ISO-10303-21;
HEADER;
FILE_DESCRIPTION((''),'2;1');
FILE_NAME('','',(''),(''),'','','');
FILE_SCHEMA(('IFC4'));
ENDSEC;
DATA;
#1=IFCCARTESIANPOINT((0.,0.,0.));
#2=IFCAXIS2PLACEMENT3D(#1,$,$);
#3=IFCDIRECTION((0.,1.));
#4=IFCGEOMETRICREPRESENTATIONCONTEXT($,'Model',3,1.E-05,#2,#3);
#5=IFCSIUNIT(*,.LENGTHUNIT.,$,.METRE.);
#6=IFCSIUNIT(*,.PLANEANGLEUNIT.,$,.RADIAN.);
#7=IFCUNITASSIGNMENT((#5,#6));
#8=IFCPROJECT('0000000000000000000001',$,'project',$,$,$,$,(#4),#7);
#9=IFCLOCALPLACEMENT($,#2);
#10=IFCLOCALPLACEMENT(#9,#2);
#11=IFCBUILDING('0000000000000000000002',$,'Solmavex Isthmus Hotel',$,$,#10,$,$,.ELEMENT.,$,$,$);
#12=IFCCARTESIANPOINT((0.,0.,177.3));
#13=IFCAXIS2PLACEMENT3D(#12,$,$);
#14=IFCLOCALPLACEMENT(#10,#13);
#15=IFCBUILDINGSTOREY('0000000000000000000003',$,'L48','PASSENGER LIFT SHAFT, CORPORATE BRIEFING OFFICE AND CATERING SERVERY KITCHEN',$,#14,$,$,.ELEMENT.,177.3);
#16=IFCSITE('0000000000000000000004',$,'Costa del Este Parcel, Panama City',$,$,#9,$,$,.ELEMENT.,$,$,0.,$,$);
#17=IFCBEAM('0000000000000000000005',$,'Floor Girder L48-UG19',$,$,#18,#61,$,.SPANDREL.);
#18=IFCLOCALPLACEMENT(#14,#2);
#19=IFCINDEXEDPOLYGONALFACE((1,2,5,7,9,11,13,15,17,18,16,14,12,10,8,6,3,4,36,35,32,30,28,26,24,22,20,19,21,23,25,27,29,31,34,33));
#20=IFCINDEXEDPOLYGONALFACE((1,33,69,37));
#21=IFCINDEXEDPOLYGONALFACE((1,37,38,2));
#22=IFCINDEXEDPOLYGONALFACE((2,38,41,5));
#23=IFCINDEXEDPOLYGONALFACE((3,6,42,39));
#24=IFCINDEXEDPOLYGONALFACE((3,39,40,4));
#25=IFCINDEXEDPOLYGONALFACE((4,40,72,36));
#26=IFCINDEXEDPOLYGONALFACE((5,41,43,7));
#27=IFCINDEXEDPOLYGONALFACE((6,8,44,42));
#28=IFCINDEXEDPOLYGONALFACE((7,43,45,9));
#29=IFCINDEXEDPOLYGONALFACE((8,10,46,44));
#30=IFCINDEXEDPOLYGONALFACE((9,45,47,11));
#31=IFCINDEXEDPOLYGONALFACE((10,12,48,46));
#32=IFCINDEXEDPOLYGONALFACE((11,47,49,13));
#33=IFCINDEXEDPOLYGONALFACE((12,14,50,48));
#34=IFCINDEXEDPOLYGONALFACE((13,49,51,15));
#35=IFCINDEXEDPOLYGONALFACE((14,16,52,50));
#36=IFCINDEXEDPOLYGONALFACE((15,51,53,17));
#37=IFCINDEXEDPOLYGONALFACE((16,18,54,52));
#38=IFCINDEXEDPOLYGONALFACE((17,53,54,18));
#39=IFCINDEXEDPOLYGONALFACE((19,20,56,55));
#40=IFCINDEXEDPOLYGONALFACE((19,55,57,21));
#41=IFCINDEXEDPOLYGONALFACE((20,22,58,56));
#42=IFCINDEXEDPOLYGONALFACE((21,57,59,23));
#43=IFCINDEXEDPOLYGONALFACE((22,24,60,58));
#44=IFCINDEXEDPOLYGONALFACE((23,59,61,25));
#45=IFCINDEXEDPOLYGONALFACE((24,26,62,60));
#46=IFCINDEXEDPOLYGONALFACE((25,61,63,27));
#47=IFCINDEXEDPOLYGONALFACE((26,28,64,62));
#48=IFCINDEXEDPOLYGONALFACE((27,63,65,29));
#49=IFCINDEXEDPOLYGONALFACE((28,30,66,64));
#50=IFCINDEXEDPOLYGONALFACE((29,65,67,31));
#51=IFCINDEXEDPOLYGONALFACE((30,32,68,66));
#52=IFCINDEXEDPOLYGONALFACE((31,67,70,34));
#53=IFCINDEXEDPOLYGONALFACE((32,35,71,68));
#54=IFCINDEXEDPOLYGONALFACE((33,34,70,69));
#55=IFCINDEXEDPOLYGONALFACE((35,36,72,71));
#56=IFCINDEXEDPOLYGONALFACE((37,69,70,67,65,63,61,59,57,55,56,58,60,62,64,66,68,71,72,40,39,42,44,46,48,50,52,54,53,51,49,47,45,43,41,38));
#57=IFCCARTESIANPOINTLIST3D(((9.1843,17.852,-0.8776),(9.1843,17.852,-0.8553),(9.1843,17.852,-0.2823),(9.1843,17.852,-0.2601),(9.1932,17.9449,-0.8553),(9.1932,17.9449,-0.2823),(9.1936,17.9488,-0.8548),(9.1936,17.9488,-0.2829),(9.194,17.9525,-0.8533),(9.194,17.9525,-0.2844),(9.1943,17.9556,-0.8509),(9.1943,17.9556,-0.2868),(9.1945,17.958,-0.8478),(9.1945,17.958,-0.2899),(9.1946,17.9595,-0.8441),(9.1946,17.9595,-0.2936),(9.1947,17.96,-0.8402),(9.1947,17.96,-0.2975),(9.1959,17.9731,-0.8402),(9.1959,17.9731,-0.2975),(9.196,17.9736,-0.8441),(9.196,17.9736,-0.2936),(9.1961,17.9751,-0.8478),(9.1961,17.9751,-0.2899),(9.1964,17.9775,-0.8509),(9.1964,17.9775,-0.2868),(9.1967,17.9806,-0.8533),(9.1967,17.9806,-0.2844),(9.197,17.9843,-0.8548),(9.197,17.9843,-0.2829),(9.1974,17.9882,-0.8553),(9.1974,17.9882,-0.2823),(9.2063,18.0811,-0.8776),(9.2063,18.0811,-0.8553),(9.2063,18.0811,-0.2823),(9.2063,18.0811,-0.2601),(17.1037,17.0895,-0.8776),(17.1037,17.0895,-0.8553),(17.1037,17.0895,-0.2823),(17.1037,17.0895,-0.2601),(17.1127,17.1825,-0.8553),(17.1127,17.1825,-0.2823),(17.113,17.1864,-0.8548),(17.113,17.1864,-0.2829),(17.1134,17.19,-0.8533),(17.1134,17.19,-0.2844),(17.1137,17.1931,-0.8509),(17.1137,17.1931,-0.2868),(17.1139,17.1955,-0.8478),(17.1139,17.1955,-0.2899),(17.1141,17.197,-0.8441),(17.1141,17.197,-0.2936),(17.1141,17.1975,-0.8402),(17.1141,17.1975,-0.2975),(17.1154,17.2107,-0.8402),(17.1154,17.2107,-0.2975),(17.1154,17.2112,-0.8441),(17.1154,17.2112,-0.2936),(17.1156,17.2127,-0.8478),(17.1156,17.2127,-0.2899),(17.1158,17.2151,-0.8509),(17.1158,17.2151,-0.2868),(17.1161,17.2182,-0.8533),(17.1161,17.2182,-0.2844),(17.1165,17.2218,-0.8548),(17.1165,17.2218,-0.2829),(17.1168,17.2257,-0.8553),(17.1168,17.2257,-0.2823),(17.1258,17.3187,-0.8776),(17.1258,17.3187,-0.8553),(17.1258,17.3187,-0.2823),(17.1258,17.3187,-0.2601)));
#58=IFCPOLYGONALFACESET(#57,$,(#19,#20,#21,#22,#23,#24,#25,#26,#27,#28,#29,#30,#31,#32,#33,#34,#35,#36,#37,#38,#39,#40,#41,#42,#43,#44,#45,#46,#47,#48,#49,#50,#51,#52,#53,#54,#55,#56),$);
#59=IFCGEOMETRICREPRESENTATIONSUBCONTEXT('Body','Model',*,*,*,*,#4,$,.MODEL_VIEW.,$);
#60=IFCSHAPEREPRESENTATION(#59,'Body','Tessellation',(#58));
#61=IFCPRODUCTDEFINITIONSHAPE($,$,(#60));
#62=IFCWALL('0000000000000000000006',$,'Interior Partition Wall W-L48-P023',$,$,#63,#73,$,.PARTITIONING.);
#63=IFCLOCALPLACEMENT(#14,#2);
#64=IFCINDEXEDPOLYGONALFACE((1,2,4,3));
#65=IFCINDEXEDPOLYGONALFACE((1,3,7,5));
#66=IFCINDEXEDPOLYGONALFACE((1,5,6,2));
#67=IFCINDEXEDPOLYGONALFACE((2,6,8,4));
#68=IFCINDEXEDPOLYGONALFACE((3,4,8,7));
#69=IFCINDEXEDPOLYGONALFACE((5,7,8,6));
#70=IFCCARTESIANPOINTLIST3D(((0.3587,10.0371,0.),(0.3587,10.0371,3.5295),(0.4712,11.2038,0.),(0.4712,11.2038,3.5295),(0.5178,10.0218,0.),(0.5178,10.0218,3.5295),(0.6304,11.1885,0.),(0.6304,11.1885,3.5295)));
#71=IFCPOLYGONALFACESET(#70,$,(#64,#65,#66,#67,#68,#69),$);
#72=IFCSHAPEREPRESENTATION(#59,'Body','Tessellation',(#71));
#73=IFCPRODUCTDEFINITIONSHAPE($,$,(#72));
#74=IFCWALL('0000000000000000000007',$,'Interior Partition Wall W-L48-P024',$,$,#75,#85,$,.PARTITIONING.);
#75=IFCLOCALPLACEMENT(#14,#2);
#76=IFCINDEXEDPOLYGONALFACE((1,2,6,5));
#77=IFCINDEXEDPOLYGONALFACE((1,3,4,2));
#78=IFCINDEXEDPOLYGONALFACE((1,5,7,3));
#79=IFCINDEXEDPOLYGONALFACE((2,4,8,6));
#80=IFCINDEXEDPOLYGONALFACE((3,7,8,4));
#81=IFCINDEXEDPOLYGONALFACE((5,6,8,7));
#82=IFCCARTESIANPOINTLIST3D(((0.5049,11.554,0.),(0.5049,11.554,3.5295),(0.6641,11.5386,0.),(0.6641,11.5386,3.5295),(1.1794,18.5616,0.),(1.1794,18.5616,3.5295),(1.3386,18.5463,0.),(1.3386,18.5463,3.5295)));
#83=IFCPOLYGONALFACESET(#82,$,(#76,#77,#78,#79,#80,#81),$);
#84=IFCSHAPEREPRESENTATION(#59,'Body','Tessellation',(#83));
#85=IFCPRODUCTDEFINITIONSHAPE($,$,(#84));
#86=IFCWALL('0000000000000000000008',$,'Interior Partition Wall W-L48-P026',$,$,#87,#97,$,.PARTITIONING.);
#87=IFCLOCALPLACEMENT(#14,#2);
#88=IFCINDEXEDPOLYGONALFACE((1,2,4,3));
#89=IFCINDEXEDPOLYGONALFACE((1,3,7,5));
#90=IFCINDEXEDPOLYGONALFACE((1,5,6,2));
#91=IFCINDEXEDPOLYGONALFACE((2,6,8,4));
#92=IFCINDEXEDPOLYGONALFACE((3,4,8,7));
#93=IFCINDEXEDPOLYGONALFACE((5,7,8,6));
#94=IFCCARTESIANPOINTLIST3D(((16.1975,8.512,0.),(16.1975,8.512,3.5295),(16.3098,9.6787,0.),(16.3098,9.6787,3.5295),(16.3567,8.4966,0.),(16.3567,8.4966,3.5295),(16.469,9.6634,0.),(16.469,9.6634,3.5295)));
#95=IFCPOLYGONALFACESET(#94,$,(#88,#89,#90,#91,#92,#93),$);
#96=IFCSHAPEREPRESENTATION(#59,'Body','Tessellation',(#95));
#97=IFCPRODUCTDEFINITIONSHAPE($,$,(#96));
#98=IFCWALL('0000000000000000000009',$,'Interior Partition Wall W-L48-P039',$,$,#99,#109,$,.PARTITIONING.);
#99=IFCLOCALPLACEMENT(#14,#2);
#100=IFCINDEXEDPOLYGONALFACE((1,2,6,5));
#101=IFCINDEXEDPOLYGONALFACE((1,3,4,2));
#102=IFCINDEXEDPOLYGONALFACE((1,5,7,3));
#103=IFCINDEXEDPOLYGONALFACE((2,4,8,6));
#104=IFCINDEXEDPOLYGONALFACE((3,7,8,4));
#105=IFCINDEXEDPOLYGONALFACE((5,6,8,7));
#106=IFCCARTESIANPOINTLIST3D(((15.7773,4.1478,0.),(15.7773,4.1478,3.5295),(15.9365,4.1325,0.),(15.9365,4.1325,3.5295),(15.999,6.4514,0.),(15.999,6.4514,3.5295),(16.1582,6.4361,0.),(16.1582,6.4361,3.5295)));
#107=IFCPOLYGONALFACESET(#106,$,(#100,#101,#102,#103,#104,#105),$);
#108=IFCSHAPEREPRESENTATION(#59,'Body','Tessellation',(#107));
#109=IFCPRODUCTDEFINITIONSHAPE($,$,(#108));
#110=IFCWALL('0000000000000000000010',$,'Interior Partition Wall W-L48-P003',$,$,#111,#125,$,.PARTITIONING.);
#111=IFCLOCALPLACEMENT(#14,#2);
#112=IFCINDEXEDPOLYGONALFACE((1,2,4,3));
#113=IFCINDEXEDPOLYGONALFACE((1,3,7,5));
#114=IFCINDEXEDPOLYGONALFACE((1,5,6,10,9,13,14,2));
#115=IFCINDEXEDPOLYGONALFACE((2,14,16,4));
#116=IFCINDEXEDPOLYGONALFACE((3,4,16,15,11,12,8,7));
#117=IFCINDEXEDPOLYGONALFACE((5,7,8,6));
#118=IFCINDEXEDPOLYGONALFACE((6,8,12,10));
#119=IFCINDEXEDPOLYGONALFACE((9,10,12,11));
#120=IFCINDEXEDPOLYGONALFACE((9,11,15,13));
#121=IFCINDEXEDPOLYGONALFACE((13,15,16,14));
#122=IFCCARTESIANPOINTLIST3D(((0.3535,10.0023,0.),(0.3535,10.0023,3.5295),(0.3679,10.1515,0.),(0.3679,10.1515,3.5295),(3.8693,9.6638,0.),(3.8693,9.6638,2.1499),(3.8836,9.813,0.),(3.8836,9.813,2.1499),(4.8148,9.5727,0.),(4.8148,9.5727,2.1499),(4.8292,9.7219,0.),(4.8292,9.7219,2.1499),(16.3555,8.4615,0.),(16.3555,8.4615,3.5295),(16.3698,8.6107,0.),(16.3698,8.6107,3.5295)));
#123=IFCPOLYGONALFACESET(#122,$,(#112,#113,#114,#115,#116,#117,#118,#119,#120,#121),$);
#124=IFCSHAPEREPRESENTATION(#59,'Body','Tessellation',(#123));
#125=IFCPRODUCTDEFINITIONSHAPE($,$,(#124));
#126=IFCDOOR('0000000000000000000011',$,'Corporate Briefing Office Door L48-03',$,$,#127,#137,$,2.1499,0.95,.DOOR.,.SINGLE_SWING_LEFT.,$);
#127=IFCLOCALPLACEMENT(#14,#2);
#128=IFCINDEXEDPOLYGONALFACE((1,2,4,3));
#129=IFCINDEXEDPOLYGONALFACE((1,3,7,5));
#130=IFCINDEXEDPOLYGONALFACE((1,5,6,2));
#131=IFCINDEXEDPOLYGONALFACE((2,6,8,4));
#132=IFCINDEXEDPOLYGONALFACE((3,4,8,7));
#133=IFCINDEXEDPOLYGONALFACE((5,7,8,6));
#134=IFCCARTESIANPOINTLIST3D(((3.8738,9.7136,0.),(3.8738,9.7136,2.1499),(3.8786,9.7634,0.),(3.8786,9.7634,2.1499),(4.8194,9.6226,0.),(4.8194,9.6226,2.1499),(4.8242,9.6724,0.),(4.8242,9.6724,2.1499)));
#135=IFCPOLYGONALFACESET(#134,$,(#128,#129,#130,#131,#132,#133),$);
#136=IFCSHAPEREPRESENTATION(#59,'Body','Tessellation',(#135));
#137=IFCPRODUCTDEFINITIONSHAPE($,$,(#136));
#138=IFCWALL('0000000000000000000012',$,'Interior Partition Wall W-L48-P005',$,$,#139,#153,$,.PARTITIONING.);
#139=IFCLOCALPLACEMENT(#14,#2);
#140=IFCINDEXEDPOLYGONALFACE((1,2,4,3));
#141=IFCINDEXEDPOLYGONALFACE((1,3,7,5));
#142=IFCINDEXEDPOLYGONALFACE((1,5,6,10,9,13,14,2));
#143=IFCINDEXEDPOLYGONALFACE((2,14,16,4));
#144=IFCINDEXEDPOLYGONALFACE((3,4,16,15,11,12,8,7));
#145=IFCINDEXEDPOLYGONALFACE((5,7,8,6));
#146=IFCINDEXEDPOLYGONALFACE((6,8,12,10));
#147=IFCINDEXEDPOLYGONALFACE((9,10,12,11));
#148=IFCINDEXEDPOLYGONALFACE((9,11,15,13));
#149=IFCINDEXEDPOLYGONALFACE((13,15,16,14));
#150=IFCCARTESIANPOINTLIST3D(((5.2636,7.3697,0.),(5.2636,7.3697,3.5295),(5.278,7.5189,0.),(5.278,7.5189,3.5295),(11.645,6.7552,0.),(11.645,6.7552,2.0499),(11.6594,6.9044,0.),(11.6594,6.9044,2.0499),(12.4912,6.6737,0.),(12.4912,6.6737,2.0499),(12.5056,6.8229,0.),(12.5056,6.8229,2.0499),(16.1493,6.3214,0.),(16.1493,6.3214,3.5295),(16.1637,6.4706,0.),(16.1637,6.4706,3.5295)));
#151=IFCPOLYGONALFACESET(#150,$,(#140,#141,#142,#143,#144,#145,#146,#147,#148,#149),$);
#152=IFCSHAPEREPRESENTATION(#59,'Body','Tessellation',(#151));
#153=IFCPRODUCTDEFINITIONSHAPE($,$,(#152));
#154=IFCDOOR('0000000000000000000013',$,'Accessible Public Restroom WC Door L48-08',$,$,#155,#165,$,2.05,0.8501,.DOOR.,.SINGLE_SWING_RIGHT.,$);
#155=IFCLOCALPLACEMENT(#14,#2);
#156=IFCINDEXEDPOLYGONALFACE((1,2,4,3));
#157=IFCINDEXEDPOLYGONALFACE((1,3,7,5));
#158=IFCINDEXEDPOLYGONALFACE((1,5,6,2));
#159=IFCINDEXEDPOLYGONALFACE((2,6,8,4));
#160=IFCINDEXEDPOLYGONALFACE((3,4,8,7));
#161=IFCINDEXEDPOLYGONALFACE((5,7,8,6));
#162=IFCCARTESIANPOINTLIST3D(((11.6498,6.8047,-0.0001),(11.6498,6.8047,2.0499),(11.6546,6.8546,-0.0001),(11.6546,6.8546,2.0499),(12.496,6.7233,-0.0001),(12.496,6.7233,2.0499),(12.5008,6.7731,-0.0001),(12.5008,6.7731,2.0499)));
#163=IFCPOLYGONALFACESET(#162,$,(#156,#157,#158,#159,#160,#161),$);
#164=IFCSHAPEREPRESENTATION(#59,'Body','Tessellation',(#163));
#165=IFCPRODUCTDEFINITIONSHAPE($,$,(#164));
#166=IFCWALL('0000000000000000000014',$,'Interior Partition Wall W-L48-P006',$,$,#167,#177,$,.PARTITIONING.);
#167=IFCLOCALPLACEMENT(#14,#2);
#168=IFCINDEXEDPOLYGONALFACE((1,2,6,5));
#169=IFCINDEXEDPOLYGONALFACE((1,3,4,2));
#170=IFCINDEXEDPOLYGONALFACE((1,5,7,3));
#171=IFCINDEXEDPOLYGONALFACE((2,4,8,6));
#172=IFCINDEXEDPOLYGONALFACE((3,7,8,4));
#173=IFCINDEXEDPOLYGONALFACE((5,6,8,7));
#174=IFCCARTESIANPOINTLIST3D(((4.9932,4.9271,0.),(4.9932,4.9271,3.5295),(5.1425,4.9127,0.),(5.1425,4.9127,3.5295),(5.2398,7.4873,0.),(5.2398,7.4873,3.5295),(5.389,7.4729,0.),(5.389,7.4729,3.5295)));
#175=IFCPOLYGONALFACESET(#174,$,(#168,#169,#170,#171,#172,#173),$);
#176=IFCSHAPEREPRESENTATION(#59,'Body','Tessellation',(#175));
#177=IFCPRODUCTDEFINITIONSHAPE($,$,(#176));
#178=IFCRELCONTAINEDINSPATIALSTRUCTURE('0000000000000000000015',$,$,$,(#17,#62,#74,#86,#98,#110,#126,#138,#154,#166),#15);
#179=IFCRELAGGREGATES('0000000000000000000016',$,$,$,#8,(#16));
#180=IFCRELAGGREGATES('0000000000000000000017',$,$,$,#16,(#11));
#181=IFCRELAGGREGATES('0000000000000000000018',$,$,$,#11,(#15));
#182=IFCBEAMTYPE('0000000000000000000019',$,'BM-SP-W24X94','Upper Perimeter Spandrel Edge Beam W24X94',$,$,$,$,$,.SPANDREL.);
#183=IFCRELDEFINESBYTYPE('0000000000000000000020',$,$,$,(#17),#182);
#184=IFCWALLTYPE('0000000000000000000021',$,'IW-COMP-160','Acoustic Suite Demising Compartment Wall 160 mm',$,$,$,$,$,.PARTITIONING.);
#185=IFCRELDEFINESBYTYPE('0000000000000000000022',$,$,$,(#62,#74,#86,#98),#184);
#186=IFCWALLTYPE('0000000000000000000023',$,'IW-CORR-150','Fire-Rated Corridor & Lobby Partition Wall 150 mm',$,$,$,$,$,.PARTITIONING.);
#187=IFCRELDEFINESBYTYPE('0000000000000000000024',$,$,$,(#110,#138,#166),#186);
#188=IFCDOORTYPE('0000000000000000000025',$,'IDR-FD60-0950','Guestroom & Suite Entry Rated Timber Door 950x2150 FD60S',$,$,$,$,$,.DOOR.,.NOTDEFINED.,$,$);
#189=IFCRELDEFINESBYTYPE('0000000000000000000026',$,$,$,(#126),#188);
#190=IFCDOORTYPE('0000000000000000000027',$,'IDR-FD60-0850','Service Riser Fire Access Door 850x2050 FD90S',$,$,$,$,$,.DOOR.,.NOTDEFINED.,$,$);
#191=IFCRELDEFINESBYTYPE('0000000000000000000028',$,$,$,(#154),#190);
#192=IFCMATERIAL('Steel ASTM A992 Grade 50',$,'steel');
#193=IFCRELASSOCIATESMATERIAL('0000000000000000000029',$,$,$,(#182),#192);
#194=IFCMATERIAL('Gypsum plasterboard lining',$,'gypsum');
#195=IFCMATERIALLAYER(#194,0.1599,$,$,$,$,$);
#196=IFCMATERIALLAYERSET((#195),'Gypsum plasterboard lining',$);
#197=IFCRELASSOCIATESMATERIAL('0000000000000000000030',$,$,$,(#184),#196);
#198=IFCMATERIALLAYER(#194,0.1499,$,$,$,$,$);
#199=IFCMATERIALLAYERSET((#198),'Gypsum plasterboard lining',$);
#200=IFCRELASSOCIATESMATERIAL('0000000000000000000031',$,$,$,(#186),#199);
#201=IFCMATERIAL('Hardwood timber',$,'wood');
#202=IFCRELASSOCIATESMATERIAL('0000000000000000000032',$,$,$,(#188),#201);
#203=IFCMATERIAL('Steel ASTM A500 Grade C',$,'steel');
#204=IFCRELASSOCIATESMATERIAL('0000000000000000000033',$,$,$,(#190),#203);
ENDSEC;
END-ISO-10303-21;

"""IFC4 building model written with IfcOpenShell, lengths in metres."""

from ifc_helpers import new_model, si_unit, direction, frame, frame_2d, origin, origin_2d, place, context, subcontext, project, spatial, rectangle, i_section, extrude, material, layer, layer_set, material_profile, profile_set, type_object, element, fill, save


model = new_model("IFC4")

# Units and contexts
model_context = context("Model", 3, precision=1e-05, world=origin(), true_north=direction((0.0, 1.0)))
body_context = subcontext(model_context, "Body", "Model", "MODEL_VIEW")
ifc_project = project(units=[si_unit("LENGTHUNIT", "METRE"), si_unit("PLANEANGLEUNIT", "RADIAN")], contexts=[model_context])

# Site, building, storey
site_placement = place(None, origin())
site = spatial("IfcSite", under=ifc_project, at=site_placement, Name="Costa del Este Parcel, Panama City", CompositionType="ELEMENT", RefElevation=0.0)
building_placement = place(site_placement, origin())
building = spatial("IfcBuilding", under=site, at=building_placement, Name="Solmavex Isthmus Hotel", CompositionType="ELEMENT")
storey_placement = place(building_placement, frame((0.0, 0.0, 177.3)))
storey = spatial("IfcBuildingStorey", under=building, at=storey_placement, Name="L48", Description="PASSENGER LIFT SHAFT, CORPORATE BRIEFING OFFICE AND CATERING SERVERY KITCHEN", CompositionType="ELEMENT", Elevation=177.3)

# Beam
ifc_material_1 = material(Name="Steel ASTM A992 Grade 50", Category="steel")
ifc_material_profile_1 = material_profile(ifc_material_1, i_section(OverallWidth=0.2302, OverallDepth=0.6174, WebThickness=0.0132, FlangeThickness=0.0222, FilletRadius=0.0151, at=origin_2d()), Name="W24X94")
ifc_profile_set_1 = profile_set([ifc_material_profile_1], Name="Steel ASTM A992 Grade 50")
beam_type_1 = type_object("IfcBeamType", Name="BM-SP-W24X94", Description="Upper Perimeter Spandrel Edge Beam W24X94", PredefinedType="SPANDREL", material=ifc_profile_set_1)
beam_1_placement = place(storey_placement, frame((9.1953, 17.9666, -0.5688), z_axis=(0.995397, -0.095833, 0.0), x_axis=(0.095833, 0.995397, 0.0)))
element("IfcBeam", 1, at=beam_1_placement, inside=storey, type_object=beam_type_1, Name="Floor Girder L48-UG19", PredefinedType="SPANDREL", context=body_context, shape_type="SweptSolid", body=[
    extrude(i_section(OverallWidth=0.2302, OverallDepth=0.6174, WebThickness=0.0132, FlangeThickness=0.0222, FilletRadius=0.0151, at=origin_2d()), origin(), (0.0, 0.0, 1.0), 7.9561),
])

# Walls
ifc_material_2 = material(Name="Gypsum plasterboard lining", Category="gypsum")
ifc_layer_1 = layer(ifc_material_2, 0.1599)
ifc_layer_set_1 = layer_set([ifc_layer_1], Name="Gypsum plasterboard lining")
wall_type_1 = type_object("IfcWallType", Name="IW-COMP-160", Description="Acoustic Suite Demising Compartment Wall 160 mm", PredefinedType="PARTITIONING", material=ifc_layer_set_1)
wall_1_placement = place(storey_placement, frame((0.5508, 11.196, 0.0), z_axis=(0.0, 0.0, 1.0), x_axis=(-0.096018, -0.99538, 0.0)))
element("IfcWall", 2, at=wall_1_placement, inside=storey, type_object=wall_type_1, Name="Interior Partition Wall W-L48-P023", PredefinedType="PARTITIONING", context=body_context, shape_type="SweptSolid", body=[
    extrude(rectangle(XDim=1.1721, YDim=0.1599, at=frame_2d((0.5859, 0.0))), origin(), (0.0, 0.0, 1.0), 3.5295),
])
wall_2_placement = place(storey_placement, frame((1.259, 18.554, 0.0), z_axis=(0.0, 0.0, 1.0), x_axis=(-0.095819, -0.995399, 0.0)))
element("IfcWall", 3, at=wall_2_placement, inside=storey, type_object=wall_type_1, Name="Interior Partition Wall W-L48-P024", PredefinedType="PARTITIONING", context=body_context, shape_type="SweptSolid", body=[
    extrude(rectangle(XDim=7.04, YDim=0.1599, at=frame_2d((3.52, 0.0))), origin(), (0.0, 0.0, 1.0), 3.5295),
])
wall_3_placement = place(storey_placement, frame((16.3894, 9.6709, 0.0), z_axis=(0.0, 0.0, 1.0), x_axis=(-0.095812, -0.995399, 0.0)))
element("IfcWall", 4, at=wall_3_placement, inside=storey, type_object=wall_type_1, Name="Interior Partition Wall W-L48-P026", PredefinedType="PARTITIONING", context=body_context, shape_type="SweptSolid", body=[
    extrude(rectangle(XDim=1.1721, YDim=0.1599, at=frame_2d((0.5859, 0.0))), origin(), (0.0, 0.0, 1.0), 3.5295),
])
wall_4_placement = place(storey_placement, frame((16.0786, 6.4438, 0.0), z_axis=(0.0, 0.0, 1.0), x_axis=(-0.095795, -0.995401, 0.0)))
element("IfcWall", 5, at=wall_4_placement, inside=storey, type_object=wall_type_1, Name="Interior Partition Wall W-L48-P039", PredefinedType="PARTITIONING", context=body_context, shape_type="SweptSolid", body=[
    extrude(rectangle(XDim=2.3142, YDim=0.1599, at=frame_2d((1.1572, 0.0))), origin(), (0.0, 0.0, 1.0), 3.5295),
])

# Walls, openings, doors
ifc_layer_2 = layer(ifc_material_2, 0.1499)
ifc_layer_set_2 = layer_set([ifc_layer_2], Name="Gypsum plasterboard lining")
wall_type_2 = type_object("IfcWallType", Name="IW-CORR-150", Description="Fire-Rated Corridor & Lobby Partition Wall 150 mm", PredefinedType="PARTITIONING", material=ifc_layer_set_2)
wall_5_placement = place(storey_placement, frame((0.3606, 10.0769, 0.0), z_axis=(0.0, 0.0, 1.0), x_axis=(0.995396, -0.095843, 0.0)))
wall_5 = element("IfcWall", 6, at=wall_5_placement, inside=storey, type_object=wall_type_2, Name="Interior Partition Wall W-L48-P003", PredefinedType="PARTITIONING", context=body_context, shape_type="SweptSolid", body=[
    extrude(rectangle(XDim=16.0759, YDim=0.1499, at=frame_2d((8.0381, 0.0))), origin(), (0.0, 0.0, 1.0), 3.5295),
])
opening_1_placement = place(wall_5_placement, frame((3.532, 0.0, 0.0)))
opening_1 = element("IfcOpeningElement", 7, at=opening_1_placement, cuts=wall_5, PredefinedType="OPENING", context=body_context, shape_type="SweptSolid", body=[
    extrude(rectangle(XDim=0.95, YDim=2.1499, at=frame_2d((0.4751, 1.075))), frame((0.0, 0.085, 0.0), z_axis=(0.0, -1.0, 0.0), x_axis=(1.0, 0.0, 0.0)), (0.0, 0.0, 1.0), 0.1699),
])
ifc_material_3 = material(Name="Hardwood timber", Category="wood")
door_type_1 = type_object("IfcDoorType", Name="IDR-FD60-0950", Description="Guestroom & Suite Entry Rated Timber Door 950x2150 FD60S", OperationType="NOTDEFINED", PredefinedType="DOOR", material=ifc_material_3)
door_1_placement = place(opening_1_placement, frame((0.95, 0.0, 0.0), z_axis=(0.0, 0.0, 1.0), x_axis=(-1.0, 0.0, 0.0)))
door_1 = element("IfcDoor", 8, at=door_1_placement, inside=storey, type_object=door_type_1, Name="Corporate Briefing Office Door L48-03", OperationType="SINGLE_SWING_LEFT", OverallHeight=2.1499, OverallWidth=0.95, PredefinedType="DOOR", context=body_context, shape_type="SweptSolid", body=[
    extrude(rectangle(XDim=0.95, YDim=2.1499, at=frame_2d((0.4751, 1.075))), frame((0.0, 0.0249, 0.0), z_axis=(0.0, -1.0, 0.0), x_axis=(1.0, 0.0, 0.0)), (0.0, 0.0, 1.0), 0.05),
])
fill(opening_1, door_1)
wall_6_placement = place(storey_placement, frame((16.1565, 6.396, 0.0), z_axis=(0.0, 0.0, 1.0), x_axis=(-0.995395, 0.09586, 0.0)))
wall_6 = element("IfcWall", 9, at=wall_6_placement, inside=storey, type_object=wall_type_2, Name="Interior Partition Wall W-L48-P005", PredefinedType="PARTITIONING", context=body_context, shape_type="SweptSolid", body=[
    extrude(rectangle(XDim=10.936, YDim=0.1499, at=frame_2d((5.468, 0.0))), origin(), (0.0, 0.0, 1.0), 3.5295),
])
opening_2_placement = place(wall_6_placement, frame((3.675, 0.0, 0.0)))
opening_2 = element("IfcOpeningElement", 10, at=opening_2_placement, cuts=wall_6, PredefinedType="OPENING", context=body_context, shape_type="SweptSolid", body=[
    extrude(rectangle(XDim=0.8501, YDim=2.05, at=frame_2d((0.425, 1.0249))), frame((0.0, 0.085, 0.0), z_axis=(0.0, -1.0, 0.0), x_axis=(1.0, 0.0, 0.0)), (0.0, 0.0, 1.0), 0.1699),
])
ifc_material_4 = material(Name="Steel ASTM A500 Grade C", Category="steel")
door_type_2 = type_object("IfcDoorType", Name="IDR-FD60-0850", Description="Service Riser Fire Access Door 850x2050 FD90S", OperationType="NOTDEFINED", PredefinedType="DOOR", material=ifc_material_4)
door_2_placement = place(opening_2_placement, frame((0.8501, 0.0, 0.0), z_axis=(0.0, 0.0, 1.0), x_axis=(-1.0, 0.0, 0.0)))
door_2 = element("IfcDoor", 11, at=door_2_placement, inside=storey, type_object=door_type_2, Name="Accessible Public Restroom WC Door L48-08", OperationType="SINGLE_SWING_RIGHT", OverallHeight=2.05, OverallWidth=0.8501, PredefinedType="DOOR", context=body_context, shape_type="SweptSolid", body=[
    extrude(rectangle(XDim=0.8501, YDim=2.05, at=frame_2d((0.425, 1.0249))), frame((0.0, 0.0249, 0.0), z_axis=(0.0, -1.0, 0.0), x_axis=(1.0, 0.0, 0.0)), (0.0, 0.0, 1.0), 0.05),
])
fill(opening_2, door_2)

# Wall
wall_7_placement = place(storey_placement, frame((5.3145, 7.4802, 0.0), z_axis=(0.0, 0.0, 1.0), x_axis=(-0.095875, -0.995393, 0.0)))
element("IfcWall", 12, at=wall_7_placement, inside=storey, type_object=wall_type_2, Name="Interior Partition Wall W-L48-P006", PredefinedType="PARTITIONING", context=body_context, shape_type="SweptSolid", body=[
    extrude(rectangle(XDim=2.572, YDim=0.1499, at=frame_2d((1.2861, 0.0))), origin(), (0.0, 0.0, 1.0), 3.5295),
])

save(model, "model.ifc")
